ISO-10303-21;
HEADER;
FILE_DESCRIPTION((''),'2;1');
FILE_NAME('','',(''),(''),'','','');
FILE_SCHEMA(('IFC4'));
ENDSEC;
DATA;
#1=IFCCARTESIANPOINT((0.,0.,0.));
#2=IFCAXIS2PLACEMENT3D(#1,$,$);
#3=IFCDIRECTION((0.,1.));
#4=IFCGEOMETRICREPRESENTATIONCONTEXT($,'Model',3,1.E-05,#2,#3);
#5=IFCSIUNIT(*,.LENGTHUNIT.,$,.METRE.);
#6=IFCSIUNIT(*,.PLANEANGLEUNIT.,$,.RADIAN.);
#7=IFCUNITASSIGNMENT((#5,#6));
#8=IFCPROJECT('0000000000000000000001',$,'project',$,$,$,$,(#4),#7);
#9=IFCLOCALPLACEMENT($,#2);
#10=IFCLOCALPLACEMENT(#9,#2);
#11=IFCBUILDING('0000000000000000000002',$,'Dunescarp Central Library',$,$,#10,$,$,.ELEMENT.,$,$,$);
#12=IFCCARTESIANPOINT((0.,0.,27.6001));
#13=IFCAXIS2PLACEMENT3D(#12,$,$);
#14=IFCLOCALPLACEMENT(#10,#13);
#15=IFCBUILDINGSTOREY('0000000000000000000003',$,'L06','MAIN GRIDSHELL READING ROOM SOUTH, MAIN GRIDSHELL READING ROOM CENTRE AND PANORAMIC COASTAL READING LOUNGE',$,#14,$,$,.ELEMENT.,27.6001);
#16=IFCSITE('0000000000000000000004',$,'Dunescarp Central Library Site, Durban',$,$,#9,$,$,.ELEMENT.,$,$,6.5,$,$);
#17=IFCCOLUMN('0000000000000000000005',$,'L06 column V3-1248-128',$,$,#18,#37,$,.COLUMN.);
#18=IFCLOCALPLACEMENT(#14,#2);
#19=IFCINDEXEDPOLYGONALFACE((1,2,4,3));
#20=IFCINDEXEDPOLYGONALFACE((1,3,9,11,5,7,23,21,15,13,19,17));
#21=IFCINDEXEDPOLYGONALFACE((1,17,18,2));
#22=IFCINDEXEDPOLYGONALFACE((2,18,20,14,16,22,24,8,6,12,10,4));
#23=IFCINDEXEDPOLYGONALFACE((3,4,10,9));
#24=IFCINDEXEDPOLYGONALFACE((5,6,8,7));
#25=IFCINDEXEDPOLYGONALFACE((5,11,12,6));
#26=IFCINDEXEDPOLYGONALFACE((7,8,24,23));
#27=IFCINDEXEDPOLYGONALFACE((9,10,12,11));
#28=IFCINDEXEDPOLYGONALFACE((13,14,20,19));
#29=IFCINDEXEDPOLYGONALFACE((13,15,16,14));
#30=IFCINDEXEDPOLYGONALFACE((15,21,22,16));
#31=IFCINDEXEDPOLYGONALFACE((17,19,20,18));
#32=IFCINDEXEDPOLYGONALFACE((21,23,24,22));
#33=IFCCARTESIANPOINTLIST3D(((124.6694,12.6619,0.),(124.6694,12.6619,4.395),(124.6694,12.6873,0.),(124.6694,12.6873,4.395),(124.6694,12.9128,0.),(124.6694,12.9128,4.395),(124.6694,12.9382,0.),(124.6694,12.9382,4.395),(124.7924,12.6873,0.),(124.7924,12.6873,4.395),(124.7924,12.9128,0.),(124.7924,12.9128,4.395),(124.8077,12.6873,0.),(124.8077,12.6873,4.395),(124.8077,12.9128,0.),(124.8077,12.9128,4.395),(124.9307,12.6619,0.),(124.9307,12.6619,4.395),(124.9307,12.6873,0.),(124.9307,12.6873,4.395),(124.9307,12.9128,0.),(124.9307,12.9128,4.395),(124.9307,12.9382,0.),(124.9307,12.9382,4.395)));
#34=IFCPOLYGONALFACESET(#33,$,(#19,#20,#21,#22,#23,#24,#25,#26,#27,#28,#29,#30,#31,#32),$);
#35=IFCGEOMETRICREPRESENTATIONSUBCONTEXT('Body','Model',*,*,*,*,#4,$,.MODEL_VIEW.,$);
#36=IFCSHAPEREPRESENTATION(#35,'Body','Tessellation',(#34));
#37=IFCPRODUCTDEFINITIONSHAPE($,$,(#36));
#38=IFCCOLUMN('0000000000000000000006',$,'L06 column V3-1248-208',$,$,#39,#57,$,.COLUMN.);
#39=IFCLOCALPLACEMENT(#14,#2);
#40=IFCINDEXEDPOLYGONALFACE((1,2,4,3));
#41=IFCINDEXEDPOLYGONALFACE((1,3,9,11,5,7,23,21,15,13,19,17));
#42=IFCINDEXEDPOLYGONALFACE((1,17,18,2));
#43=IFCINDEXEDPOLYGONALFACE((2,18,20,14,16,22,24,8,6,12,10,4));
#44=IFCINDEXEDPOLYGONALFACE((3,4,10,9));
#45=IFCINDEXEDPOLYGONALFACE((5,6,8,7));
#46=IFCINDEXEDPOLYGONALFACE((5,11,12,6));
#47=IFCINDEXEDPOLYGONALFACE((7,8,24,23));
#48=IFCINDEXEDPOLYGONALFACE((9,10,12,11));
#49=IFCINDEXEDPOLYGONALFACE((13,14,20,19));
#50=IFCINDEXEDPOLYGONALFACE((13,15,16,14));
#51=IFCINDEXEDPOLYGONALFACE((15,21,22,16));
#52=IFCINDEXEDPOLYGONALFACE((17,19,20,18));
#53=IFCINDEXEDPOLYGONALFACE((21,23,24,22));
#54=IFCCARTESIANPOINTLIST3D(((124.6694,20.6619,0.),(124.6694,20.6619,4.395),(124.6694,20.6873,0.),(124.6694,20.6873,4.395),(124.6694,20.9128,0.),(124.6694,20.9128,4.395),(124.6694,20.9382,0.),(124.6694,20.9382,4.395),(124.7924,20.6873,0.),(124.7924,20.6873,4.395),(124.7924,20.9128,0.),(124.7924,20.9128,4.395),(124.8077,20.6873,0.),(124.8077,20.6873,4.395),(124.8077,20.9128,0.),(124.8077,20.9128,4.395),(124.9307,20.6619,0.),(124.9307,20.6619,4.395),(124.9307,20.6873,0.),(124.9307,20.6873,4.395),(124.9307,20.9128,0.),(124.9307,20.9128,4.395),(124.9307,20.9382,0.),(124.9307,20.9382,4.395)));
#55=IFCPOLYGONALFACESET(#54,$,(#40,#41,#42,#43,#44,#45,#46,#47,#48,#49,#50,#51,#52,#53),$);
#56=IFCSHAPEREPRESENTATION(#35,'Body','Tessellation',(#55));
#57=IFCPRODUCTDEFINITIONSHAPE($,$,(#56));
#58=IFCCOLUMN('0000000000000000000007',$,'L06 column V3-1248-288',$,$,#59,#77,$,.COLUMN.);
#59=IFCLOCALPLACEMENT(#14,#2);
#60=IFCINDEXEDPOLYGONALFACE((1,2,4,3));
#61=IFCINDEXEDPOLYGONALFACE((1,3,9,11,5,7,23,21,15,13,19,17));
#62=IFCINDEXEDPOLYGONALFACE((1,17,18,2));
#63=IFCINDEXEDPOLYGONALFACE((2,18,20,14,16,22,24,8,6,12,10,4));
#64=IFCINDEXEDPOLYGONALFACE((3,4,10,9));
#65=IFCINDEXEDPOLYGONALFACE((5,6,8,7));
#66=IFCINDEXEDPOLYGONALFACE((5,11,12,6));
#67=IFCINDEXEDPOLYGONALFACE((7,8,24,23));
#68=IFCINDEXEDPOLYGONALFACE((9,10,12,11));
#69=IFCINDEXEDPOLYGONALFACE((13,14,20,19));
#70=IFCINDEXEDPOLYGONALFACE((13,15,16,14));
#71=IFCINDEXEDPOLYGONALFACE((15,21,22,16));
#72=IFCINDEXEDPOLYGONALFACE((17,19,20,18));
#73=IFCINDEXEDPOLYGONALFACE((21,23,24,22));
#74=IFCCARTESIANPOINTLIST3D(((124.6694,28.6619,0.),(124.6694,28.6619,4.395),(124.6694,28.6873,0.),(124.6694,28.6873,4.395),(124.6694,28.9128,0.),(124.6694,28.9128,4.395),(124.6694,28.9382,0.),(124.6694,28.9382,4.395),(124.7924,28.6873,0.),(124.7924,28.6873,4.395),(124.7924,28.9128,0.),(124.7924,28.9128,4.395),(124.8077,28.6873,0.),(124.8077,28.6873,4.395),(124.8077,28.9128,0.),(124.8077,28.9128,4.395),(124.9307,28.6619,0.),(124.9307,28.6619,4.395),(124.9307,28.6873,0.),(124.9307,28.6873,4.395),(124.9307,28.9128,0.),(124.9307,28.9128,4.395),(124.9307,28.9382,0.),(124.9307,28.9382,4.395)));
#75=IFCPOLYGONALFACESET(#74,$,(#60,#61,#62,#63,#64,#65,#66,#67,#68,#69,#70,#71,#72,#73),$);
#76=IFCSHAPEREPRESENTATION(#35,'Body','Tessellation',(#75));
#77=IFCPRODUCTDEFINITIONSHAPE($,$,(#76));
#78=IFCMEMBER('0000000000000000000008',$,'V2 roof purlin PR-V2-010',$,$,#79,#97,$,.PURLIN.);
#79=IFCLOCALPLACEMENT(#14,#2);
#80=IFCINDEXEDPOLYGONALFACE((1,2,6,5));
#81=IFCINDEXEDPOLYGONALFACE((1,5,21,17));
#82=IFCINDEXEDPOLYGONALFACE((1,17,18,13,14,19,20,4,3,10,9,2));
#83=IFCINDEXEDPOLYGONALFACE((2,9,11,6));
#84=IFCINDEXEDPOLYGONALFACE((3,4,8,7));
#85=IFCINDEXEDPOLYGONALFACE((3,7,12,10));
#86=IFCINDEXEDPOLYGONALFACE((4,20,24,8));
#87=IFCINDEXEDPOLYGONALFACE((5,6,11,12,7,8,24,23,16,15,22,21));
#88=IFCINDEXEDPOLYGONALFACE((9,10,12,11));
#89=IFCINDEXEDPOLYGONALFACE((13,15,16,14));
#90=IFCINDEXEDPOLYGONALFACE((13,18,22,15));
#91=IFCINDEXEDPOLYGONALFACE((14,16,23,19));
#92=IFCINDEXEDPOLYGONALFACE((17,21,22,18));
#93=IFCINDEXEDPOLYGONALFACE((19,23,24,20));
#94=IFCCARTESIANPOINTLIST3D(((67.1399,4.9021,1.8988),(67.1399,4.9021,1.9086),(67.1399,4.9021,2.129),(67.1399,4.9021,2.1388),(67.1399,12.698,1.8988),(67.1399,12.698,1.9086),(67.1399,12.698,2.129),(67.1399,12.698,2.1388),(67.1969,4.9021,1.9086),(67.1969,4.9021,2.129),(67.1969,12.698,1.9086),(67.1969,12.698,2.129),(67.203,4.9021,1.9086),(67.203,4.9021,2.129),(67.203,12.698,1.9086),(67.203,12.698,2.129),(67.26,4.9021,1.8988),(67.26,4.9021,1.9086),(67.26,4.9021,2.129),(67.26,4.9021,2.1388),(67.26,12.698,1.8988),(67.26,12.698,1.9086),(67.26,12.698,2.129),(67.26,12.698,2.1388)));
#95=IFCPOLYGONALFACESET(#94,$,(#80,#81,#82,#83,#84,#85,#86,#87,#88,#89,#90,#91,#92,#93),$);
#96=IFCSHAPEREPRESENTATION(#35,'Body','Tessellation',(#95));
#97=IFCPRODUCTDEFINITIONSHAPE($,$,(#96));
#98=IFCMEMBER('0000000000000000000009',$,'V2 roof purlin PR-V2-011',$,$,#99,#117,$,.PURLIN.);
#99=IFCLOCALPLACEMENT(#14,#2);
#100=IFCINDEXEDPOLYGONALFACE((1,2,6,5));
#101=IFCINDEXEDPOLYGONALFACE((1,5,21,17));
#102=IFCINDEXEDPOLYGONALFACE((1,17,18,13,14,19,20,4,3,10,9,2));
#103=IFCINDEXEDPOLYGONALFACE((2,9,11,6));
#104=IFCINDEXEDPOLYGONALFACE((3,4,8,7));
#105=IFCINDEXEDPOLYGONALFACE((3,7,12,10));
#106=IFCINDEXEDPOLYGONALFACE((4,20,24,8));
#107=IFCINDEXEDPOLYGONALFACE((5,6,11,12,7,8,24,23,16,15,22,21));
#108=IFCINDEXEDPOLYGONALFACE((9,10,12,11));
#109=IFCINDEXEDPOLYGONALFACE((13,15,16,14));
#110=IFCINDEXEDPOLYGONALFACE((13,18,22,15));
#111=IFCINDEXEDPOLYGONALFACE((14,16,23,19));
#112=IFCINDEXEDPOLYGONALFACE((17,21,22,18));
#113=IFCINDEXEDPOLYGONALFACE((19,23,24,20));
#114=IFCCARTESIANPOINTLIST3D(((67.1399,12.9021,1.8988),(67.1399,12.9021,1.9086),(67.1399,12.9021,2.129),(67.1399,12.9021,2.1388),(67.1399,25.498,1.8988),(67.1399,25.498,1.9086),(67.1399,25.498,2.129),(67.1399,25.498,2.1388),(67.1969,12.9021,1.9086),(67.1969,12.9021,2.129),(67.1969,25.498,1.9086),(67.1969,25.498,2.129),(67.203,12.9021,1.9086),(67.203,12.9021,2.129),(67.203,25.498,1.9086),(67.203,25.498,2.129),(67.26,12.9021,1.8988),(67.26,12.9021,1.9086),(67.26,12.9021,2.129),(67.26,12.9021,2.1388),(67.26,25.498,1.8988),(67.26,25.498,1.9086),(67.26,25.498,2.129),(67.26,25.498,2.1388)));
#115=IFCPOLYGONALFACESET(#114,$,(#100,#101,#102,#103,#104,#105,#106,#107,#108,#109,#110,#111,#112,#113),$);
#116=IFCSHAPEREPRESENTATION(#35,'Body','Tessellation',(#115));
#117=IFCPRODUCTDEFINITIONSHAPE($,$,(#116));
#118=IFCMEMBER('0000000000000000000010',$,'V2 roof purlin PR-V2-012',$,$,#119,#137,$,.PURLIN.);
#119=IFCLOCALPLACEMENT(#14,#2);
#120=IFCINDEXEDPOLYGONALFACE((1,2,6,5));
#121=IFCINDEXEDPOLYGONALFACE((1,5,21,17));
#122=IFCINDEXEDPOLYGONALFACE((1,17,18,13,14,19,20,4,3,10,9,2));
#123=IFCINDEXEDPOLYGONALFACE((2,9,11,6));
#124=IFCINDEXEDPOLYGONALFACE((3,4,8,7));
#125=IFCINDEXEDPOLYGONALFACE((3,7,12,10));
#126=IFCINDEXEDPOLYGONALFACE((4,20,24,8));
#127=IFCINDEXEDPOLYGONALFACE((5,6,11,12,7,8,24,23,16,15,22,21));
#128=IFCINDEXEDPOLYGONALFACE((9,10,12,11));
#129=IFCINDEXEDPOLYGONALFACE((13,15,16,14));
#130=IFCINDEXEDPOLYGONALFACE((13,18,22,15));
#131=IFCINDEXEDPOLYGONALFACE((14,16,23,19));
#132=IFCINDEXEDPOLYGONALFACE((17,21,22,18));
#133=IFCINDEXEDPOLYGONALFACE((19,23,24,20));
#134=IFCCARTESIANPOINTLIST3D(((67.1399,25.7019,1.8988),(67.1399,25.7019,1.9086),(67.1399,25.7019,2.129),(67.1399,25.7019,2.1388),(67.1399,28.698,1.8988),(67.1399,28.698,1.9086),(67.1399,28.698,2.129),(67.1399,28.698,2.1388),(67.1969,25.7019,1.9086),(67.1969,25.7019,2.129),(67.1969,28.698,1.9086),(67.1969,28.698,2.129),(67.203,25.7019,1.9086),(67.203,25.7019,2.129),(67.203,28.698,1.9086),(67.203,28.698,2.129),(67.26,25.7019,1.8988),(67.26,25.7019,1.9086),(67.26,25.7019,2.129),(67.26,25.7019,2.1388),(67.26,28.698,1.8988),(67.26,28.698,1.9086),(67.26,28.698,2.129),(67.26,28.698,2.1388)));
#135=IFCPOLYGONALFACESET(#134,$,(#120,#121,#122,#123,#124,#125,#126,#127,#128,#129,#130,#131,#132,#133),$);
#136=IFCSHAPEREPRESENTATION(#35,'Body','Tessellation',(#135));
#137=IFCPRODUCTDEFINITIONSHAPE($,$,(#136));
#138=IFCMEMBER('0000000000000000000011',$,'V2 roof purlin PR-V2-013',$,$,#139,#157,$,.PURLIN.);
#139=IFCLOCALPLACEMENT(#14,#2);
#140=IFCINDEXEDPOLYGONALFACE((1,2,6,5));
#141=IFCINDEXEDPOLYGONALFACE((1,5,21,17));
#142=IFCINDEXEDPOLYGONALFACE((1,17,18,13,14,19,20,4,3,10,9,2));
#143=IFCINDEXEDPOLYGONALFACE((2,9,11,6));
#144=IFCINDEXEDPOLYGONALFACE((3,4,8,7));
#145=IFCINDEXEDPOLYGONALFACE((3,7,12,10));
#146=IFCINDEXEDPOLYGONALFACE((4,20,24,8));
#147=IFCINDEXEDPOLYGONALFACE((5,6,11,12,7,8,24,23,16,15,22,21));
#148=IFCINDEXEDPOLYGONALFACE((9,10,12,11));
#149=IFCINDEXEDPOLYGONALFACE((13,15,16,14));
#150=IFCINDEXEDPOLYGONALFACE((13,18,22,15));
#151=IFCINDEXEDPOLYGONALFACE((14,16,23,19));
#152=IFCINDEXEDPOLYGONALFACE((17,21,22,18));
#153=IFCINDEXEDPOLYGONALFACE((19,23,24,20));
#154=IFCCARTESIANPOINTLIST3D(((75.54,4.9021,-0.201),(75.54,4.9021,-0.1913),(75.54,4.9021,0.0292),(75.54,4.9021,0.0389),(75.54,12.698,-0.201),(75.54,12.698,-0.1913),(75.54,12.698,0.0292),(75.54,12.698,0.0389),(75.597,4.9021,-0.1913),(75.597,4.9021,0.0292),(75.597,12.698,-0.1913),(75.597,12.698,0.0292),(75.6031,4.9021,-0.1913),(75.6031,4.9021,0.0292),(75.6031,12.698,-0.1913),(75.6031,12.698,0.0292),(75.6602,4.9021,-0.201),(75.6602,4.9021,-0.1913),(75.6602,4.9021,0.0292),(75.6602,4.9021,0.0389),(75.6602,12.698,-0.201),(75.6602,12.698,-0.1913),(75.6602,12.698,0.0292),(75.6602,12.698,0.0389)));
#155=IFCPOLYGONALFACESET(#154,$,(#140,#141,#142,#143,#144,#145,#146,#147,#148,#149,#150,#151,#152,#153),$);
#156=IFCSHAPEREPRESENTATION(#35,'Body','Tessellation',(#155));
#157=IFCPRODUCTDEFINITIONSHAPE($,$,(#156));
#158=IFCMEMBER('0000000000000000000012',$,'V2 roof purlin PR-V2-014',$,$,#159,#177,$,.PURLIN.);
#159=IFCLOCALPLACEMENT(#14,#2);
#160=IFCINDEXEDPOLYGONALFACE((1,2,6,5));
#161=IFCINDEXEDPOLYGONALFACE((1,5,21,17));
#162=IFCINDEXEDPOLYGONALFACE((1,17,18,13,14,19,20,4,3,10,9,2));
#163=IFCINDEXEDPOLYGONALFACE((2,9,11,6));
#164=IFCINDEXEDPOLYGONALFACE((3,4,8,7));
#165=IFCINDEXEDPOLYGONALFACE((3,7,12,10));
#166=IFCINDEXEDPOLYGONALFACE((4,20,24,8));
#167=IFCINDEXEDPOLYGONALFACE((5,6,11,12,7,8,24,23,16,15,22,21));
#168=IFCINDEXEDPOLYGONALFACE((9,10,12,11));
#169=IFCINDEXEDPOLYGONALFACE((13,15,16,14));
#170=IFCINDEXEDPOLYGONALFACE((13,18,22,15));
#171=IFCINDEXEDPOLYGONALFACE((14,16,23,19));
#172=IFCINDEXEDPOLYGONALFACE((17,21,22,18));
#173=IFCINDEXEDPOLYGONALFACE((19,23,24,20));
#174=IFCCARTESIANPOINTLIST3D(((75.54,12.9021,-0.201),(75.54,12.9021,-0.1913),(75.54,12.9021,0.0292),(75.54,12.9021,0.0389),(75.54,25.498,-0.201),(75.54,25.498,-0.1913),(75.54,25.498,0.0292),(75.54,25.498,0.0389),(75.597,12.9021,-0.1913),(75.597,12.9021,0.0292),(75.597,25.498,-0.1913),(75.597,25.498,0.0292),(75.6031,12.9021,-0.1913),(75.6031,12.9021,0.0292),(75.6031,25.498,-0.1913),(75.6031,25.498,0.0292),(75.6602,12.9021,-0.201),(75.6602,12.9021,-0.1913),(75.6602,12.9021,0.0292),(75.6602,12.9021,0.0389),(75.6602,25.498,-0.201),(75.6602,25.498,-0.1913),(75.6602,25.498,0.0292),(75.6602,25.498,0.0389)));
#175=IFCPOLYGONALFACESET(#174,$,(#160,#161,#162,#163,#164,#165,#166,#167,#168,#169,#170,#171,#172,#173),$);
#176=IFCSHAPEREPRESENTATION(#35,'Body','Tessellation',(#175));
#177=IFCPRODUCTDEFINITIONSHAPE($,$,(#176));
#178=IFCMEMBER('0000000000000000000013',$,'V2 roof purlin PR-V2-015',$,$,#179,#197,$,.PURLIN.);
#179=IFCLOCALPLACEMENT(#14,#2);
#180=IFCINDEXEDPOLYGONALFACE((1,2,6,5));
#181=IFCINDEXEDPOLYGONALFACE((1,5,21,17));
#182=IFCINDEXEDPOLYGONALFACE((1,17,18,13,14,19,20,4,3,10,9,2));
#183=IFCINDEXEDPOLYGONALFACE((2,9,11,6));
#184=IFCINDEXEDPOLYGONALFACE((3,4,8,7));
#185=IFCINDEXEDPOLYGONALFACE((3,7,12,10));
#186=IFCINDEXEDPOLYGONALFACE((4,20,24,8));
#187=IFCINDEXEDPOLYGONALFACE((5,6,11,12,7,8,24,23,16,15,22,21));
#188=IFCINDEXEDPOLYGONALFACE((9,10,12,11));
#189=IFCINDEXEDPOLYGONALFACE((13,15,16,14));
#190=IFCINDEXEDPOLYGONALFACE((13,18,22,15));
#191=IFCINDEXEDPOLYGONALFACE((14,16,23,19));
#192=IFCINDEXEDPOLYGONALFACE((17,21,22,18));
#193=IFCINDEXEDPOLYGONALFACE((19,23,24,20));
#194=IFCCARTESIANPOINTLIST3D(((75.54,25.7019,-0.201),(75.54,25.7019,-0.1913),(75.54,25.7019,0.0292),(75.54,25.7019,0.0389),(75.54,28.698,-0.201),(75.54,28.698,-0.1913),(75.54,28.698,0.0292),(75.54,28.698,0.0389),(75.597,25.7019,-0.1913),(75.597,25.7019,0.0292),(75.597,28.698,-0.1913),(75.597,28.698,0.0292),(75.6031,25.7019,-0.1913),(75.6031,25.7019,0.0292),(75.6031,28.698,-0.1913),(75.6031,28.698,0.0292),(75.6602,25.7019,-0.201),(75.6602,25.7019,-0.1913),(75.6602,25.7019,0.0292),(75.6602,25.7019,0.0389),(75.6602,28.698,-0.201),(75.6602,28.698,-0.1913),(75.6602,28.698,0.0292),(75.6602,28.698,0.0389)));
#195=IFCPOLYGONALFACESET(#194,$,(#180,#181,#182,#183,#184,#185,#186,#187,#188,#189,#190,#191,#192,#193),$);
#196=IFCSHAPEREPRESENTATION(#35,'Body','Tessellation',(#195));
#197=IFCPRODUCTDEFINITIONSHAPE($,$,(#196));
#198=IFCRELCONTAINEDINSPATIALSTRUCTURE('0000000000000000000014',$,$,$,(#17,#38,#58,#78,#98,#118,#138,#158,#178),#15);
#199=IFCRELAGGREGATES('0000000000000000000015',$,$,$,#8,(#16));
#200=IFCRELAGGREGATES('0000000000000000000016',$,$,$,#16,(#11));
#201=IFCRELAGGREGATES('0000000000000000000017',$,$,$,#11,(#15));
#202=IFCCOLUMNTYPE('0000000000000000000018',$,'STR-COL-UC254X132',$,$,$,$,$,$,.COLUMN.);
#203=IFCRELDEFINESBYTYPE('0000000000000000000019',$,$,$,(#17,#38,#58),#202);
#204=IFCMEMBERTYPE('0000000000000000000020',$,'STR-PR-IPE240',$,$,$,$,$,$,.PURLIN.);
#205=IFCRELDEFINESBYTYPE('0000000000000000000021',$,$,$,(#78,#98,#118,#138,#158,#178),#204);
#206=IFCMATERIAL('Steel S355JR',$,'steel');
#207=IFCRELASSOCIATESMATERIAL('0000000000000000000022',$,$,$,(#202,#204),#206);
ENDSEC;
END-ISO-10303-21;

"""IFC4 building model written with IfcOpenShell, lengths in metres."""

from ifc_helpers import new_model, si_unit, direction, frame, origin, origin_2d, place, context, subcontext, project, spatial, i_section, extrude, material, material_profile, profile_set, type_object, element, save


model = new_model("IFC4")

# Units and contexts
model_context = context("Model", 3, precision=1e-05, world=origin(), true_north=direction((0.0, 1.0)))
body_context = subcontext(model_context, "Body", "Model", "MODEL_VIEW")
ifc_project = project(units=[si_unit("LENGTHUNIT", "METRE"), si_unit("PLANEANGLEUNIT", "RADIAN")], contexts=[model_context])

# Site, building, storey
site_placement = place(None, origin())
site = spatial("IfcSite", under=ifc_project, at=site_placement, Name="Dunescarp Central Library Site, Durban", CompositionType="ELEMENT", RefElevation=6.5)
building_placement = place(site_placement, origin())
building = spatial("IfcBuilding", under=site, at=building_placement, Name="Dunescarp Central Library", CompositionType="ELEMENT")
storey_placement = place(building_placement, frame((0.0, 0.0, 27.6001)))
storey = spatial("IfcBuildingStorey", under=building, at=storey_placement, Name="L06", Description="MAIN GRIDSHELL READING ROOM SOUTH, MAIN GRIDSHELL READING ROOM CENTRE AND PANORAMIC COASTAL READING LOUNGE", CompositionType="ELEMENT", Elevation=27.6001)

# Columns
ifc_material = material(Name="Steel S355JR", Category="steel")
ifc_material_profile_1 = material_profile(ifc_material, i_section(OverallWidth=0.2612, OverallDepth=0.2764, WebThickness=0.0154, FlangeThickness=0.0254, at=origin_2d()), Name="UC 254x254x132")
ifc_profile_set_1 = profile_set([ifc_material_profile_1], Name="Steel S355JR")
column_type_1 = type_object("IfcColumnType", Name="STR-COL-UC254X132", PredefinedType="COLUMN", material=ifc_profile_set_1)
for number, where, z_axis, x_axis, name in (
    (1, (124.8, 12.8, 0.0), (0.0, 0.0, 1.0), (1.0, 0.0, 0.0), "L06 column V3-1248-128"),
    (2, (124.8, 20.8, 0.0), (0.0, 0.0, 1.0), (1.0, 0.0, 0.0), "L06 column V3-1248-208"),
    (3, (124.8, 28.8, 0.0), (0.0, 0.0, 1.0), (1.0, 0.0, 0.0), "L06 column V3-1248-288"),
):
    element("IfcColumn", number, at=place(storey_placement, frame(where, z_axis=z_axis, x_axis=x_axis)), inside=storey, type_object=column_type_1, Name=name, PredefinedType="COLUMN", context=body_context, shape_type="SweptSolid", body=[
        extrude(i_section(OverallWidth=0.2612, OverallDepth=0.2764, WebThickness=0.0154, FlangeThickness=0.0254, at=origin_2d()), origin(), (0.0, 0.0, 1.0), 4.395),
    ])

# Members
ifc_material_profile_2 = material_profile(ifc_material, i_section(OverallWidth=0.1201, OverallDepth=0.24, WebThickness=0.0061, FlangeThickness=0.0098, at=origin_2d()), Name="IPE 240")
ifc_profile_set_2 = profile_set([ifc_material_profile_2], Name="Steel S355JR")
member_type_1 = type_object("IfcMemberType", Name="STR-PR-IPE240", PredefinedType="PURLIN", material=ifc_profile_set_2)
member_1_placement = place(storey_placement, frame((67.2, 4.9021, 2.0188), z_axis=(0.0, 1.0, 0.0), x_axis=(-1.0, 0.0, 0.0)))
element("IfcMember", 4, at=member_1_placement, inside=storey, type_object=member_type_1, Name="V2 roof purlin PR-V2-010", PredefinedType="PURLIN", context=body_context, shape_type="SweptSolid", body=[
    extrude(i_section(OverallWidth=0.1201, OverallDepth=0.24, WebThickness=0.0061, FlangeThickness=0.0098, at=origin_2d()), origin(), (0.0, 0.0, 1.0), 7.7959),
])
member_2_placement = place(storey_placement, frame((67.2, 12.9021, 2.0188), z_axis=(0.0, 1.0, 0.0), x_axis=(-1.0, 0.0, 0.0)))
element("IfcMember", 5, at=member_2_placement, inside=storey, type_object=member_type_1, Name="V2 roof purlin PR-V2-011", PredefinedType="PURLIN", context=body_context, shape_type="SweptSolid", body=[
    extrude(i_section(OverallWidth=0.1201, OverallDepth=0.24, WebThickness=0.0061, FlangeThickness=0.0098, at=origin_2d()), origin(), (0.0, 0.0, 1.0), 12.5959),
])
member_3_placement = place(storey_placement, frame((67.2, 25.7019, 2.0188), z_axis=(0.0, 1.0, 0.0), x_axis=(-1.0, 0.0, 0.0)))
element("IfcMember", 6, at=member_3_placement, inside=storey, type_object=member_type_1, Name="V2 roof purlin PR-V2-012", PredefinedType="PURLIN", context=body_context, shape_type="SweptSolid", body=[
    extrude(i_section(OverallWidth=0.1201, OverallDepth=0.24, WebThickness=0.0061, FlangeThickness=0.0098, at=origin_2d()), origin(), (0.0, 0.0, 1.0), 2.9961),
])
member_4_placement = place(storey_placement, frame((75.6001, 4.9021, -0.0811), z_axis=(0.0, 1.0, 0.0), x_axis=(-1.0, 0.0, 0.0)))
element("IfcMember", 7, at=member_4_placement, inside=storey, type_object=member_type_1, Name="V2 roof purlin PR-V2-013", PredefinedType="PURLIN", context=body_context, shape_type="SweptSolid", body=[
    extrude(i_section(OverallWidth=0.1201, OverallDepth=0.24, WebThickness=0.0061, FlangeThickness=0.0098, at=origin_2d()), origin(), (0.0, 0.0, 1.0), 7.7959),
])
member_5_placement = place(storey_placement, frame((75.6001, 12.9021, -0.0811), z_axis=(0.0, 1.0, 0.0), x_axis=(-1.0, 0.0, 0.0)))
element("IfcMember", 8, at=member_5_placement, inside=storey, type_object=member_type_1, Name="V2 roof purlin PR-V2-014", PredefinedType="PURLIN", context=body_context, shape_type="SweptSolid", body=[
    extrude(i_section(OverallWidth=0.1201, OverallDepth=0.24, WebThickness=0.0061, FlangeThickness=0.0098, at=origin_2d()), origin(), (0.0, 0.0, 1.0), 12.5959),
])
member_6_placement = place(storey_placement, frame((75.6001, 25.7019, -0.0811), z_axis=(0.0, 1.0, 0.0), x_axis=(-1.0, 0.0, 0.0)))
element("IfcMember", 9, at=member_6_placement, inside=storey, type_object=member_type_1, Name="V2 roof purlin PR-V2-015", PredefinedType="PURLIN", context=body_context, shape_type="SweptSolid", body=[
    extrude(i_section(OverallWidth=0.1201, OverallDepth=0.24, WebThickness=0.0061, FlangeThickness=0.0098, at=origin_2d()), origin(), (0.0, 0.0, 1.0), 2.9961),
])

save(model, "model.ifc")
